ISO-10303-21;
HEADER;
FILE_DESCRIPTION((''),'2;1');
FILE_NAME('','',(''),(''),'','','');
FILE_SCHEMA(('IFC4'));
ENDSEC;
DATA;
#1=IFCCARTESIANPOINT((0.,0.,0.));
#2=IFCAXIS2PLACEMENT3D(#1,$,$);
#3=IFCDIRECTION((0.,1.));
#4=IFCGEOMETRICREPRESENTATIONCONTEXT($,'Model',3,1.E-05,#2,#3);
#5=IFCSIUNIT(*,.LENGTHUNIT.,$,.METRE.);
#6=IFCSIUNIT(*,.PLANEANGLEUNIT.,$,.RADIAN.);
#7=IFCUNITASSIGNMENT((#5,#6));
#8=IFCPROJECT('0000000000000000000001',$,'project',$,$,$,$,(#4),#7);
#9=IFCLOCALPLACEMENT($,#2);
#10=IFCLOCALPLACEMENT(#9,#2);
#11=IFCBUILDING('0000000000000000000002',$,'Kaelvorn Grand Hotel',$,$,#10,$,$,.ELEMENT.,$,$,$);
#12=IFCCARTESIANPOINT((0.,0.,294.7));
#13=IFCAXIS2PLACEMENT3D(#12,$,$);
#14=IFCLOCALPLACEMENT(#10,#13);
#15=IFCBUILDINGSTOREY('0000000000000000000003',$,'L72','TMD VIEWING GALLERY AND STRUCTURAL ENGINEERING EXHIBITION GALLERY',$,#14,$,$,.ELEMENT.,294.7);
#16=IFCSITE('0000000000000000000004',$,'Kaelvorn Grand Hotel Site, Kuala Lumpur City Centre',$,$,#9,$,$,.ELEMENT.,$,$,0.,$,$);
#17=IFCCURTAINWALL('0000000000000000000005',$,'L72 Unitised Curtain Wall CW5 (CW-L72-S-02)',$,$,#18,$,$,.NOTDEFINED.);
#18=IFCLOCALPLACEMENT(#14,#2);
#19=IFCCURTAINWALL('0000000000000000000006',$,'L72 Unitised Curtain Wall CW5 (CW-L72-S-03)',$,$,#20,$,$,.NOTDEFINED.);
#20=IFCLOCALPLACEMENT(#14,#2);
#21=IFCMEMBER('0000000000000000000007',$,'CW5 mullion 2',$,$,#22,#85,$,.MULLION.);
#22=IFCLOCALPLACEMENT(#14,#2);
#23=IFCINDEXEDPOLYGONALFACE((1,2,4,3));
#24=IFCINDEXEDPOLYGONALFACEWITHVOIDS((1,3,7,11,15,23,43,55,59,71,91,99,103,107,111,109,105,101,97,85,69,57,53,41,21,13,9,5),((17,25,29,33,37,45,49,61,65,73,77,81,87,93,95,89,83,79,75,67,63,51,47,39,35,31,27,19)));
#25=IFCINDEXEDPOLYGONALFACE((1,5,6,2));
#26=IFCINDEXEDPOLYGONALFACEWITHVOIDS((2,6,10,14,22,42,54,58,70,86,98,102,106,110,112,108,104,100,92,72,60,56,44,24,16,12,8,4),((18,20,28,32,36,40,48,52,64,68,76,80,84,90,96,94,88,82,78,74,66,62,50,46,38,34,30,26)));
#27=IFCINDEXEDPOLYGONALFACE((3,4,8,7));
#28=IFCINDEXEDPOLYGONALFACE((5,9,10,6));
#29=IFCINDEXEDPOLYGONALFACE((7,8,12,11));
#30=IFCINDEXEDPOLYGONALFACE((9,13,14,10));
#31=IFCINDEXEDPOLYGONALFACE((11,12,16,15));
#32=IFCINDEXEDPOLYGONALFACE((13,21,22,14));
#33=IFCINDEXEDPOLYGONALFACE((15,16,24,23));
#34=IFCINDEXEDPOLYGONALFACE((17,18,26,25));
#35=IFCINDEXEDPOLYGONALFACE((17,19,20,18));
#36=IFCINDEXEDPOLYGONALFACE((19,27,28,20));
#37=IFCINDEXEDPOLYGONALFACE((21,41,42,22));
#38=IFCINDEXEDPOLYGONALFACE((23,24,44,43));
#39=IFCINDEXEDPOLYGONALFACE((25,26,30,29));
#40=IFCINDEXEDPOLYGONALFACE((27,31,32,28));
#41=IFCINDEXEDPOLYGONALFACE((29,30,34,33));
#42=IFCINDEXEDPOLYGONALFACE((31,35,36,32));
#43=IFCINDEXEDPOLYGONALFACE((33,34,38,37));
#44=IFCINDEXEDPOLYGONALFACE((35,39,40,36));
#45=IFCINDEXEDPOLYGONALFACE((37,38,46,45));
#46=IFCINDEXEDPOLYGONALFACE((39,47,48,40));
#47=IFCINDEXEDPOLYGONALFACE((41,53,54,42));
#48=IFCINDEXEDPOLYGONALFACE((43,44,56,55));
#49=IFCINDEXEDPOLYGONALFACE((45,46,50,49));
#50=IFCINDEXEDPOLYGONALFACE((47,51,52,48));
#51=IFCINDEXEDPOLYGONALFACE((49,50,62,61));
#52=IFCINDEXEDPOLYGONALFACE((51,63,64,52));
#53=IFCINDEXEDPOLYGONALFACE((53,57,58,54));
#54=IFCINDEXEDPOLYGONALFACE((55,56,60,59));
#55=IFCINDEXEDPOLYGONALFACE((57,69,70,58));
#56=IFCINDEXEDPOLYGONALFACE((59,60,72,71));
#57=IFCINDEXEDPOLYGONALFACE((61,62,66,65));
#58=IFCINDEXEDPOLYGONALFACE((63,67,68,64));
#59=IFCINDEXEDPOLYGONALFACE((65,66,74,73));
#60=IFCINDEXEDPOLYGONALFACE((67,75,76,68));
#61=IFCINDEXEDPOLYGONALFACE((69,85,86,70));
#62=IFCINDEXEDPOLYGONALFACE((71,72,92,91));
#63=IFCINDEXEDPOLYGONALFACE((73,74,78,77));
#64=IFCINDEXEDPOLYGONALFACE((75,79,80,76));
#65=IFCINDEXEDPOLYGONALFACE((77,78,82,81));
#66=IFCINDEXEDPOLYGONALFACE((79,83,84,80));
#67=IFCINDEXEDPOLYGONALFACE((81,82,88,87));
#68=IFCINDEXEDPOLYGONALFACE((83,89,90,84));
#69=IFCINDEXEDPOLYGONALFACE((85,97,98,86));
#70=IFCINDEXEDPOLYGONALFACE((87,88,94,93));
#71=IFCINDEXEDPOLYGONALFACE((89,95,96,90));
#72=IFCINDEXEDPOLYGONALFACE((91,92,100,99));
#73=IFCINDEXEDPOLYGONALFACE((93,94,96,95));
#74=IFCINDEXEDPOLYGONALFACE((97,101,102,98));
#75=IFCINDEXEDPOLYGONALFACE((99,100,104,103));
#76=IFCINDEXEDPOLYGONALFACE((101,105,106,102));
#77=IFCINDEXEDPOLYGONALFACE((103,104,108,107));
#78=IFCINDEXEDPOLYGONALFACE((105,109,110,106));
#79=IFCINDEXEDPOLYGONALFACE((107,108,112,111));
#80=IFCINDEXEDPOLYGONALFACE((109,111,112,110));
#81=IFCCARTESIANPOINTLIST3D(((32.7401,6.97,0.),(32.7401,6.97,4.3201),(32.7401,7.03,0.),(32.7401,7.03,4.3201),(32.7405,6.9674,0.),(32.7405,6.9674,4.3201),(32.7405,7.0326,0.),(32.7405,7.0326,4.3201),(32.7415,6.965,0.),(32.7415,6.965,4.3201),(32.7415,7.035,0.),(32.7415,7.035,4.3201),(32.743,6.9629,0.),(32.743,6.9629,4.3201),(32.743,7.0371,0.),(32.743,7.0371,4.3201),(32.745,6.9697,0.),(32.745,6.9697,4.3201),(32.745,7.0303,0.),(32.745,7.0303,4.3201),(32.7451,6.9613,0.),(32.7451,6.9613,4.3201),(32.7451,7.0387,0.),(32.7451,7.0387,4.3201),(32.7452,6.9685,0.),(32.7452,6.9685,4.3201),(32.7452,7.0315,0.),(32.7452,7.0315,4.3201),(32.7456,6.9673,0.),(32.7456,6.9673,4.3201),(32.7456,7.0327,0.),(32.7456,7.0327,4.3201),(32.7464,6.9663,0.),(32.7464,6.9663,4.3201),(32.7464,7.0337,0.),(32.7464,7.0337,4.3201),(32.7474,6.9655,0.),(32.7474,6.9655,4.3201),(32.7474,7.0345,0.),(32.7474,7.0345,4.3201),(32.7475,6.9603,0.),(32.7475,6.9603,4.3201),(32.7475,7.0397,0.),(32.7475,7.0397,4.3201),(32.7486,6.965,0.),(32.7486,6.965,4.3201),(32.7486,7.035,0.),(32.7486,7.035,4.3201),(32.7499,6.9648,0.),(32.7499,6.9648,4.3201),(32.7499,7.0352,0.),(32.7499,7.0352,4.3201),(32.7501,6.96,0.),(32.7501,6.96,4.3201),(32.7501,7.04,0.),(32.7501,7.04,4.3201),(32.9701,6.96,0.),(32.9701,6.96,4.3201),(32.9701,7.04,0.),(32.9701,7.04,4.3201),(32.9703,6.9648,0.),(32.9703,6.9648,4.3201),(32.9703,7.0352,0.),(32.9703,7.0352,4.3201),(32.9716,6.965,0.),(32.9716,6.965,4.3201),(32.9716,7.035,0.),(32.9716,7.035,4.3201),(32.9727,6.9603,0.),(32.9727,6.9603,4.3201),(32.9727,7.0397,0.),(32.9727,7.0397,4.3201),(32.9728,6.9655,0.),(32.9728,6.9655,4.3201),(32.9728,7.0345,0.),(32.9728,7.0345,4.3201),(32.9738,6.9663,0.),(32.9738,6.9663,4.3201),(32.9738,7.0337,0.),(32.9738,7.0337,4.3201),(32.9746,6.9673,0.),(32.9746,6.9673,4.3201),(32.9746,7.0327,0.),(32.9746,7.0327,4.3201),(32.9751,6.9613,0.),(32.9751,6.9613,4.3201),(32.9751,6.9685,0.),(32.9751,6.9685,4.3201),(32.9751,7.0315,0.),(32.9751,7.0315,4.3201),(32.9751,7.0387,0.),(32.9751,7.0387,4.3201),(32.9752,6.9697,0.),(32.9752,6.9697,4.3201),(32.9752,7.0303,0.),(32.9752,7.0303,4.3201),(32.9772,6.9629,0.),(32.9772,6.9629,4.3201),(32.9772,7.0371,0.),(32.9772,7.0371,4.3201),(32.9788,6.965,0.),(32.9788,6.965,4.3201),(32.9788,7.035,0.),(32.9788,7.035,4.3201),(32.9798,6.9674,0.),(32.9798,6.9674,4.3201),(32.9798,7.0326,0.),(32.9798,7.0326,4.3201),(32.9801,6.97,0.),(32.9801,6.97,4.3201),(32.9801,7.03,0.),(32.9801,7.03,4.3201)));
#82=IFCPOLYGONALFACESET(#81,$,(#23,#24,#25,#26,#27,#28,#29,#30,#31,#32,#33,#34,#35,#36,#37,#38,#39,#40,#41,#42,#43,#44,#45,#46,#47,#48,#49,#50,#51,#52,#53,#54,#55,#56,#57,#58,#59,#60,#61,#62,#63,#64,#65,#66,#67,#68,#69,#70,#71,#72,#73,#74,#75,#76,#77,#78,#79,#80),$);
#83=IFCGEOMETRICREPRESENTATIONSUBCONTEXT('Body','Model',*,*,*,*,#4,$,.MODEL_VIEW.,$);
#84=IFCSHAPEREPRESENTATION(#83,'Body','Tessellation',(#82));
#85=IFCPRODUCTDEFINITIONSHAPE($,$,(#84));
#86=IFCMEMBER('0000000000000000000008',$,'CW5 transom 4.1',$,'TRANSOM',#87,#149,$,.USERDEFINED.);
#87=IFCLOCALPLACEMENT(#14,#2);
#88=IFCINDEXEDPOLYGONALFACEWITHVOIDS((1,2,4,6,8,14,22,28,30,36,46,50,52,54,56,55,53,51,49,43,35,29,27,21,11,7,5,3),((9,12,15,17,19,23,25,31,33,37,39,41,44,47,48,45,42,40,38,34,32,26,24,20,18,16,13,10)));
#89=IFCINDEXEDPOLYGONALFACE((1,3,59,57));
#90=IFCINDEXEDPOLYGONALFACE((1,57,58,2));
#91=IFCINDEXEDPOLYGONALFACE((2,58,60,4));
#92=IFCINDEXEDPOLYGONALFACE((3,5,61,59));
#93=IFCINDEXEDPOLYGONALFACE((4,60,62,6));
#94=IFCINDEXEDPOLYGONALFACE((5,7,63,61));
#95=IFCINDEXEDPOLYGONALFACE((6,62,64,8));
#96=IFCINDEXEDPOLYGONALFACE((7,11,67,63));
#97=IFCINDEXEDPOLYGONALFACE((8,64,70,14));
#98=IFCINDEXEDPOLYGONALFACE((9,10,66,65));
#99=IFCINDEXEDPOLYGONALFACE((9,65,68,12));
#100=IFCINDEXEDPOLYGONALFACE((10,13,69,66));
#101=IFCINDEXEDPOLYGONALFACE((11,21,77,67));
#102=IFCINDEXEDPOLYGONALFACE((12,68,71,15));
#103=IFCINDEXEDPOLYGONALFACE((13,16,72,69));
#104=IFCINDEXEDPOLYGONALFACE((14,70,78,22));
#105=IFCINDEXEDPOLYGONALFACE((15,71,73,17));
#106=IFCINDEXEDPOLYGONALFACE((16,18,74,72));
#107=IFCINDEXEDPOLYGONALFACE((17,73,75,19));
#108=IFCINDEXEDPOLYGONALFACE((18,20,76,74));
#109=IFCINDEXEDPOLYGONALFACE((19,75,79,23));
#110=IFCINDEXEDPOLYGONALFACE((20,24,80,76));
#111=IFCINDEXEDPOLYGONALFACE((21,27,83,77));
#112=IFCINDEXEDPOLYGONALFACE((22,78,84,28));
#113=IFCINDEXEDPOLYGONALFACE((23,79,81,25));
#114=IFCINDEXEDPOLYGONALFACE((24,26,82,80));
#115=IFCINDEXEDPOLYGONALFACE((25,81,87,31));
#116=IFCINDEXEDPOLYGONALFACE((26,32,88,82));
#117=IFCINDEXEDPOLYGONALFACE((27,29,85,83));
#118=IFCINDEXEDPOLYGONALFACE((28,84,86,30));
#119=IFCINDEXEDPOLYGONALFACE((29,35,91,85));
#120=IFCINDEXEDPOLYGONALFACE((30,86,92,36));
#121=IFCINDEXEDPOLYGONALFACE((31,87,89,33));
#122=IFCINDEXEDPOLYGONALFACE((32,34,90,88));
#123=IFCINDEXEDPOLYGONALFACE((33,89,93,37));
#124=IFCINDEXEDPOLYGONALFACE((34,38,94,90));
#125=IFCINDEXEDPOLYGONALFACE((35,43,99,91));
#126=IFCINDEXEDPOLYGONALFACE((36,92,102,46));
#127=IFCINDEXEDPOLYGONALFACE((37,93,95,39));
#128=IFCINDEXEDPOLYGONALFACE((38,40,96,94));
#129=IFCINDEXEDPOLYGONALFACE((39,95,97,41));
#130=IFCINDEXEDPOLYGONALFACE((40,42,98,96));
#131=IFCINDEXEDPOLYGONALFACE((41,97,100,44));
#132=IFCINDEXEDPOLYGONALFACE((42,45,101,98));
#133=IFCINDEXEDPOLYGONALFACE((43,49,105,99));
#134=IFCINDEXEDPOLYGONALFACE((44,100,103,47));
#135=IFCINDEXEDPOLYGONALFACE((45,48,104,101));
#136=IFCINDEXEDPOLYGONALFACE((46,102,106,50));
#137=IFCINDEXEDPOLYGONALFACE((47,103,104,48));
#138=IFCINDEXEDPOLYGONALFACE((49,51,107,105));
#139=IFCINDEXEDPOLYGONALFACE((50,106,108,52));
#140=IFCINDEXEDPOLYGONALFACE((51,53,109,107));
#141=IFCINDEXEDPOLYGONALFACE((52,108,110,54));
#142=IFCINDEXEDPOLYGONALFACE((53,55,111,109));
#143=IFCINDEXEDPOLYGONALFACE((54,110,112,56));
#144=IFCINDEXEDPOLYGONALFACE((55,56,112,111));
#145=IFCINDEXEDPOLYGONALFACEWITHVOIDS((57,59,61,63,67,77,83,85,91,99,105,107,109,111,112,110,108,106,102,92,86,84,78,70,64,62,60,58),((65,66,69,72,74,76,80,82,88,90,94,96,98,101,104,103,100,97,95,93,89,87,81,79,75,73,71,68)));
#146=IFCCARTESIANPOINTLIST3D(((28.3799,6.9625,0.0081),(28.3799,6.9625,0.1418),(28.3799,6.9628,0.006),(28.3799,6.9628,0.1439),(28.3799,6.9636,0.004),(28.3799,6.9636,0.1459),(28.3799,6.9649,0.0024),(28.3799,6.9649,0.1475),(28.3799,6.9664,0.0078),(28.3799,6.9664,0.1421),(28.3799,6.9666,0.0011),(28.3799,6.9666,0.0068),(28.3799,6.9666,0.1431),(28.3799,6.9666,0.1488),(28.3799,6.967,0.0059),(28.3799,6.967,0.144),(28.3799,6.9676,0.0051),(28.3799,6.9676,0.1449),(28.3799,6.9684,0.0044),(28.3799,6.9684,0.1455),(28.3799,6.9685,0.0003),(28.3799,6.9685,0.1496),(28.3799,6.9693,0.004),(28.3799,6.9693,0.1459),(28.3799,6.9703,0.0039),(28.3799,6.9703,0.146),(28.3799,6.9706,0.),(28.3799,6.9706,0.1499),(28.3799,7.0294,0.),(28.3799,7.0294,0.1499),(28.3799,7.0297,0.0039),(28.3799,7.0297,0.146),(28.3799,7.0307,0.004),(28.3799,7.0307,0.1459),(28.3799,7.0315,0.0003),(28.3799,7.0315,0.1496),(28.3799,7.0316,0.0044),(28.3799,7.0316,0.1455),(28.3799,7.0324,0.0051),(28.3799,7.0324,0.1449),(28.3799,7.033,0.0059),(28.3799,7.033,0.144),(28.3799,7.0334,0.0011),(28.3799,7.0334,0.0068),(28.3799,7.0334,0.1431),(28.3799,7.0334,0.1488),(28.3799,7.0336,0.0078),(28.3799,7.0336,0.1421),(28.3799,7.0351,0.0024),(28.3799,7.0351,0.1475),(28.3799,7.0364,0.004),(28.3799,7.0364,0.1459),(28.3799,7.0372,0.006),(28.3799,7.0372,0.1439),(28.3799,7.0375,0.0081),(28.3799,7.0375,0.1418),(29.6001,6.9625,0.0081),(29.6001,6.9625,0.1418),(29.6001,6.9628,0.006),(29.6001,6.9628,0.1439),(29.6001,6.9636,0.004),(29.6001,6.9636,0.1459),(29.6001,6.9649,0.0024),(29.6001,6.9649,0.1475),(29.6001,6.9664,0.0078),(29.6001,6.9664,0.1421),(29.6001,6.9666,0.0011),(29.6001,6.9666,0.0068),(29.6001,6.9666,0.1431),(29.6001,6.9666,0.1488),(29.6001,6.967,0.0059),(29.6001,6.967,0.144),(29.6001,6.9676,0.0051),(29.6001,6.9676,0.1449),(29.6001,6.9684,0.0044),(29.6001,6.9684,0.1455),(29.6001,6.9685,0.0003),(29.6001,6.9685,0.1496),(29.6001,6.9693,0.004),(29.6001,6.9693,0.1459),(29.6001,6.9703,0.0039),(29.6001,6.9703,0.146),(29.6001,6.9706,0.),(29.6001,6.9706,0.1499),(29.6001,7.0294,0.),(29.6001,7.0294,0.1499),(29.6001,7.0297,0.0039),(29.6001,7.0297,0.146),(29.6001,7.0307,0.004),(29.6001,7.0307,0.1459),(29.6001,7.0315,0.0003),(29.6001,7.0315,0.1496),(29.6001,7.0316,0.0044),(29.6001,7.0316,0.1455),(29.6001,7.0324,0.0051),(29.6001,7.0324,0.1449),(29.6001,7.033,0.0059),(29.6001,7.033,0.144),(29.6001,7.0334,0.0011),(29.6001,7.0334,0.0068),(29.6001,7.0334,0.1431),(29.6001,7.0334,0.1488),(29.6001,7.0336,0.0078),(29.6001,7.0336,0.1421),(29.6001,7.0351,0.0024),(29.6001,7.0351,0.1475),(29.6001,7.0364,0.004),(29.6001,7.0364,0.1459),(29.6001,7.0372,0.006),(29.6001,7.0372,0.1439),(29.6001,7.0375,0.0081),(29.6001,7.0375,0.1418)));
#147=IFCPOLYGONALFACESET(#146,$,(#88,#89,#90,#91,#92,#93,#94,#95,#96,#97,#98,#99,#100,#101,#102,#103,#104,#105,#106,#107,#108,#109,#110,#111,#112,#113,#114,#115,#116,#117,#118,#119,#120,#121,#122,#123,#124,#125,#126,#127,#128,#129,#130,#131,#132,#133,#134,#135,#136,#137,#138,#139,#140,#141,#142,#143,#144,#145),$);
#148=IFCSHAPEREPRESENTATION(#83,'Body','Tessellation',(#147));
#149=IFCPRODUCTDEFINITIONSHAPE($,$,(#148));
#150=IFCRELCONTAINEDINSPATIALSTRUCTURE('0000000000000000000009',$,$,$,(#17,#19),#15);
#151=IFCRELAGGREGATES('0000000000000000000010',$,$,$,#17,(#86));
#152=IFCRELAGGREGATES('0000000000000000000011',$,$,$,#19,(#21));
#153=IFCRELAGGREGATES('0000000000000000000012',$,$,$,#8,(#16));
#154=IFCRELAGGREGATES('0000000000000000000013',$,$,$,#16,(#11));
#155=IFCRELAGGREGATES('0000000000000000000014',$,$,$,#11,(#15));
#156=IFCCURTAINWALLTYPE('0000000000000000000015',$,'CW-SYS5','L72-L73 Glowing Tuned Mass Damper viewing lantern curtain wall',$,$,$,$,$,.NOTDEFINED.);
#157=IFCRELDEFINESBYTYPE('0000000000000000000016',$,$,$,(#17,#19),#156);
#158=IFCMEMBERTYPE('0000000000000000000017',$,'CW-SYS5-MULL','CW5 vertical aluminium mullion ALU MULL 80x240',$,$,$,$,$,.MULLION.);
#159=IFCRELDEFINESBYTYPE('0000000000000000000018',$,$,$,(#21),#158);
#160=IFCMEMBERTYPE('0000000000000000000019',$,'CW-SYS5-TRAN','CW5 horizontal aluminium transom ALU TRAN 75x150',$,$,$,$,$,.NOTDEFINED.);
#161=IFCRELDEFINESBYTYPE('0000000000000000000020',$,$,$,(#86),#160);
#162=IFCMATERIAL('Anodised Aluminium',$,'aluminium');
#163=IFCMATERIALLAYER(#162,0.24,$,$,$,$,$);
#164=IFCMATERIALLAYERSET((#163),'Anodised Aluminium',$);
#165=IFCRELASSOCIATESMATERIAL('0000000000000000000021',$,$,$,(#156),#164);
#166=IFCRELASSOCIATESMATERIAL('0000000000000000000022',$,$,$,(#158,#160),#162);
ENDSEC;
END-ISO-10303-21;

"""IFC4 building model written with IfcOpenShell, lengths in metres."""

from ifc_helpers import new_model, si_unit, direction, frame, origin, origin_2d, place, context, subcontext, project, spatial, hollow_rectangle, extrude, material, layer, layer_set, material_profile, profile_set, type_object, element, aggregate, save


model = new_model("IFC4")

# Units and contexts
model_context = context("Model", 3, precision=1e-05, world=origin(), true_north=direction((0.0, 1.0)))
body_context = subcontext(model_context, "Body", "Model", "MODEL_VIEW")
ifc_project = project(units=[si_unit("LENGTHUNIT", "METRE"), si_unit("PLANEANGLEUNIT", "RADIAN")], contexts=[model_context])

# Site, building, storey
site_placement = place(None, origin())
site = spatial("IfcSite", under=ifc_project, at=site_placement, Name="Kaelvorn Grand Hotel Site, Kuala Lumpur City Centre", CompositionType="ELEMENT", RefElevation=0.0)
building_placement = place(site_placement, origin())
building = spatial("IfcBuilding", under=site, at=building_placement, Name="Kaelvorn Grand Hotel", CompositionType="ELEMENT")
storey_placement = place(building_placement, frame((0.0, 0.0, 294.7)))
storey = spatial("IfcBuildingStorey", under=building, at=storey_placement, Name="L72", Description="TMD VIEWING GALLERY AND STRUCTURAL ENGINEERING EXHIBITION GALLERY", CompositionType="ELEMENT", Elevation=294.7)

# Curtain wall
ifc_material_1 = material(Name="Anodised Aluminium", Category="aluminium")
ifc_layer_1 = layer(ifc_material_1, 0.24)
ifc_layer_set_1 = layer_set([ifc_layer_1], Name="Anodised Aluminium")
curtain_wall_type = type_object("IfcCurtainWallType", Name="CW-SYS5", Description="L72-L73 Glowing Tuned Mass Damper viewing lantern curtain wall", PredefinedType="NOTDEFINED", material=ifc_layer_set_1)
curtain_wall_1_placement = place(storey_placement, origin())
curtain_wall_1 = element("IfcCurtainWall", 1, at=curtain_wall_1_placement, inside=storey, type_object=curtain_wall_type, Name="L72 Unitised Curtain Wall CW5 (CW-L72-S-02)", PredefinedType="NOTDEFINED")
ifc_material_profile_1 = material_profile(ifc_material_1, hollow_rectangle(XDim=0.0801, YDim=0.24, WallThickness=0.0049, InnerFilletRadius=0.0049, OuterFilletRadius=0.01, at=origin_2d()), Name="ALU MULL 80x240")
ifc_profile_set_1 = profile_set([ifc_material_profile_1], Name="Anodised Aluminium")
member_type_1 = type_object("IfcMemberType", Name="CW-SYS5-MULL", Description="CW5 vertical aluminium mullion ALU MULL 80x240", PredefinedType="MULLION", material=ifc_profile_set_1)

# Curtain wall, member
curtain_wall_2_placement = place(storey_placement, origin())
curtain_wall_2 = element("IfcCurtainWall", 2, at=curtain_wall_2_placement, inside=storey, type_object=curtain_wall_type, Name="L72 Unitised Curtain Wall CW5 (CW-L72-S-03)", PredefinedType="NOTDEFINED")
member_1_placement = place(storey_placement, frame((32.8601, 7.0, 0.0), z_axis=(0.0, 0.0, 1.0), x_axis=(0.0, 1.0, 0.0)))
member_1 = element("IfcMember", 3, at=member_1_placement, type_object=member_type_1, Name="CW5 mullion 2", PredefinedType="MULLION", context=body_context, shape_type="SweptSolid", body=[
    extrude(hollow_rectangle(XDim=0.0801, YDim=0.24, WallThickness=0.0049, InnerFilletRadius=0.0049, OuterFilletRadius=0.01, at=origin_2d()), origin(), (0.0, 0.0, 1.0), 4.3201),
])

# Member
ifc_material_profile_2 = material_profile(ifc_material_1, hollow_rectangle(XDim=0.075, YDim=0.1499, WallThickness=0.0039, InnerFilletRadius=0.0039, OuterFilletRadius=0.0081, at=origin_2d()), Name="ALU TRAN 75x150")
ifc_profile_set_2 = profile_set([ifc_material_profile_2], Name="Anodised Aluminium")
member_type_2 = type_object("IfcMemberType", Name="CW-SYS5-TRAN", Description="CW5 horizontal aluminium transom ALU TRAN 75x150", PredefinedType="NOTDEFINED", material=ifc_profile_set_2)
member_2_placement = place(storey_placement, frame((28.3799, 7.0, 0.075), z_axis=(1.0, 0.0, 0.0), x_axis=(0.0, 1.0, 0.0)))
member_2 = element("IfcMember", 4, at=member_2_placement, type_object=member_type_2, Name="CW5 transom 4.1", ObjectType="TRANSOM", PredefinedType="USERDEFINED", context=body_context, shape_type="SweptSolid", body=[
    extrude(hollow_rectangle(XDim=0.075, YDim=0.1499, WallThickness=0.0039, InnerFilletRadius=0.0039, OuterFilletRadius=0.0081, at=origin_2d()), origin(), (0.0, 0.0, 1.0), 1.2202),
])

aggregate(curtain_wall_1, [member_2])
aggregate(curtain_wall_2, [member_1])

save(model, "model.ifc")
